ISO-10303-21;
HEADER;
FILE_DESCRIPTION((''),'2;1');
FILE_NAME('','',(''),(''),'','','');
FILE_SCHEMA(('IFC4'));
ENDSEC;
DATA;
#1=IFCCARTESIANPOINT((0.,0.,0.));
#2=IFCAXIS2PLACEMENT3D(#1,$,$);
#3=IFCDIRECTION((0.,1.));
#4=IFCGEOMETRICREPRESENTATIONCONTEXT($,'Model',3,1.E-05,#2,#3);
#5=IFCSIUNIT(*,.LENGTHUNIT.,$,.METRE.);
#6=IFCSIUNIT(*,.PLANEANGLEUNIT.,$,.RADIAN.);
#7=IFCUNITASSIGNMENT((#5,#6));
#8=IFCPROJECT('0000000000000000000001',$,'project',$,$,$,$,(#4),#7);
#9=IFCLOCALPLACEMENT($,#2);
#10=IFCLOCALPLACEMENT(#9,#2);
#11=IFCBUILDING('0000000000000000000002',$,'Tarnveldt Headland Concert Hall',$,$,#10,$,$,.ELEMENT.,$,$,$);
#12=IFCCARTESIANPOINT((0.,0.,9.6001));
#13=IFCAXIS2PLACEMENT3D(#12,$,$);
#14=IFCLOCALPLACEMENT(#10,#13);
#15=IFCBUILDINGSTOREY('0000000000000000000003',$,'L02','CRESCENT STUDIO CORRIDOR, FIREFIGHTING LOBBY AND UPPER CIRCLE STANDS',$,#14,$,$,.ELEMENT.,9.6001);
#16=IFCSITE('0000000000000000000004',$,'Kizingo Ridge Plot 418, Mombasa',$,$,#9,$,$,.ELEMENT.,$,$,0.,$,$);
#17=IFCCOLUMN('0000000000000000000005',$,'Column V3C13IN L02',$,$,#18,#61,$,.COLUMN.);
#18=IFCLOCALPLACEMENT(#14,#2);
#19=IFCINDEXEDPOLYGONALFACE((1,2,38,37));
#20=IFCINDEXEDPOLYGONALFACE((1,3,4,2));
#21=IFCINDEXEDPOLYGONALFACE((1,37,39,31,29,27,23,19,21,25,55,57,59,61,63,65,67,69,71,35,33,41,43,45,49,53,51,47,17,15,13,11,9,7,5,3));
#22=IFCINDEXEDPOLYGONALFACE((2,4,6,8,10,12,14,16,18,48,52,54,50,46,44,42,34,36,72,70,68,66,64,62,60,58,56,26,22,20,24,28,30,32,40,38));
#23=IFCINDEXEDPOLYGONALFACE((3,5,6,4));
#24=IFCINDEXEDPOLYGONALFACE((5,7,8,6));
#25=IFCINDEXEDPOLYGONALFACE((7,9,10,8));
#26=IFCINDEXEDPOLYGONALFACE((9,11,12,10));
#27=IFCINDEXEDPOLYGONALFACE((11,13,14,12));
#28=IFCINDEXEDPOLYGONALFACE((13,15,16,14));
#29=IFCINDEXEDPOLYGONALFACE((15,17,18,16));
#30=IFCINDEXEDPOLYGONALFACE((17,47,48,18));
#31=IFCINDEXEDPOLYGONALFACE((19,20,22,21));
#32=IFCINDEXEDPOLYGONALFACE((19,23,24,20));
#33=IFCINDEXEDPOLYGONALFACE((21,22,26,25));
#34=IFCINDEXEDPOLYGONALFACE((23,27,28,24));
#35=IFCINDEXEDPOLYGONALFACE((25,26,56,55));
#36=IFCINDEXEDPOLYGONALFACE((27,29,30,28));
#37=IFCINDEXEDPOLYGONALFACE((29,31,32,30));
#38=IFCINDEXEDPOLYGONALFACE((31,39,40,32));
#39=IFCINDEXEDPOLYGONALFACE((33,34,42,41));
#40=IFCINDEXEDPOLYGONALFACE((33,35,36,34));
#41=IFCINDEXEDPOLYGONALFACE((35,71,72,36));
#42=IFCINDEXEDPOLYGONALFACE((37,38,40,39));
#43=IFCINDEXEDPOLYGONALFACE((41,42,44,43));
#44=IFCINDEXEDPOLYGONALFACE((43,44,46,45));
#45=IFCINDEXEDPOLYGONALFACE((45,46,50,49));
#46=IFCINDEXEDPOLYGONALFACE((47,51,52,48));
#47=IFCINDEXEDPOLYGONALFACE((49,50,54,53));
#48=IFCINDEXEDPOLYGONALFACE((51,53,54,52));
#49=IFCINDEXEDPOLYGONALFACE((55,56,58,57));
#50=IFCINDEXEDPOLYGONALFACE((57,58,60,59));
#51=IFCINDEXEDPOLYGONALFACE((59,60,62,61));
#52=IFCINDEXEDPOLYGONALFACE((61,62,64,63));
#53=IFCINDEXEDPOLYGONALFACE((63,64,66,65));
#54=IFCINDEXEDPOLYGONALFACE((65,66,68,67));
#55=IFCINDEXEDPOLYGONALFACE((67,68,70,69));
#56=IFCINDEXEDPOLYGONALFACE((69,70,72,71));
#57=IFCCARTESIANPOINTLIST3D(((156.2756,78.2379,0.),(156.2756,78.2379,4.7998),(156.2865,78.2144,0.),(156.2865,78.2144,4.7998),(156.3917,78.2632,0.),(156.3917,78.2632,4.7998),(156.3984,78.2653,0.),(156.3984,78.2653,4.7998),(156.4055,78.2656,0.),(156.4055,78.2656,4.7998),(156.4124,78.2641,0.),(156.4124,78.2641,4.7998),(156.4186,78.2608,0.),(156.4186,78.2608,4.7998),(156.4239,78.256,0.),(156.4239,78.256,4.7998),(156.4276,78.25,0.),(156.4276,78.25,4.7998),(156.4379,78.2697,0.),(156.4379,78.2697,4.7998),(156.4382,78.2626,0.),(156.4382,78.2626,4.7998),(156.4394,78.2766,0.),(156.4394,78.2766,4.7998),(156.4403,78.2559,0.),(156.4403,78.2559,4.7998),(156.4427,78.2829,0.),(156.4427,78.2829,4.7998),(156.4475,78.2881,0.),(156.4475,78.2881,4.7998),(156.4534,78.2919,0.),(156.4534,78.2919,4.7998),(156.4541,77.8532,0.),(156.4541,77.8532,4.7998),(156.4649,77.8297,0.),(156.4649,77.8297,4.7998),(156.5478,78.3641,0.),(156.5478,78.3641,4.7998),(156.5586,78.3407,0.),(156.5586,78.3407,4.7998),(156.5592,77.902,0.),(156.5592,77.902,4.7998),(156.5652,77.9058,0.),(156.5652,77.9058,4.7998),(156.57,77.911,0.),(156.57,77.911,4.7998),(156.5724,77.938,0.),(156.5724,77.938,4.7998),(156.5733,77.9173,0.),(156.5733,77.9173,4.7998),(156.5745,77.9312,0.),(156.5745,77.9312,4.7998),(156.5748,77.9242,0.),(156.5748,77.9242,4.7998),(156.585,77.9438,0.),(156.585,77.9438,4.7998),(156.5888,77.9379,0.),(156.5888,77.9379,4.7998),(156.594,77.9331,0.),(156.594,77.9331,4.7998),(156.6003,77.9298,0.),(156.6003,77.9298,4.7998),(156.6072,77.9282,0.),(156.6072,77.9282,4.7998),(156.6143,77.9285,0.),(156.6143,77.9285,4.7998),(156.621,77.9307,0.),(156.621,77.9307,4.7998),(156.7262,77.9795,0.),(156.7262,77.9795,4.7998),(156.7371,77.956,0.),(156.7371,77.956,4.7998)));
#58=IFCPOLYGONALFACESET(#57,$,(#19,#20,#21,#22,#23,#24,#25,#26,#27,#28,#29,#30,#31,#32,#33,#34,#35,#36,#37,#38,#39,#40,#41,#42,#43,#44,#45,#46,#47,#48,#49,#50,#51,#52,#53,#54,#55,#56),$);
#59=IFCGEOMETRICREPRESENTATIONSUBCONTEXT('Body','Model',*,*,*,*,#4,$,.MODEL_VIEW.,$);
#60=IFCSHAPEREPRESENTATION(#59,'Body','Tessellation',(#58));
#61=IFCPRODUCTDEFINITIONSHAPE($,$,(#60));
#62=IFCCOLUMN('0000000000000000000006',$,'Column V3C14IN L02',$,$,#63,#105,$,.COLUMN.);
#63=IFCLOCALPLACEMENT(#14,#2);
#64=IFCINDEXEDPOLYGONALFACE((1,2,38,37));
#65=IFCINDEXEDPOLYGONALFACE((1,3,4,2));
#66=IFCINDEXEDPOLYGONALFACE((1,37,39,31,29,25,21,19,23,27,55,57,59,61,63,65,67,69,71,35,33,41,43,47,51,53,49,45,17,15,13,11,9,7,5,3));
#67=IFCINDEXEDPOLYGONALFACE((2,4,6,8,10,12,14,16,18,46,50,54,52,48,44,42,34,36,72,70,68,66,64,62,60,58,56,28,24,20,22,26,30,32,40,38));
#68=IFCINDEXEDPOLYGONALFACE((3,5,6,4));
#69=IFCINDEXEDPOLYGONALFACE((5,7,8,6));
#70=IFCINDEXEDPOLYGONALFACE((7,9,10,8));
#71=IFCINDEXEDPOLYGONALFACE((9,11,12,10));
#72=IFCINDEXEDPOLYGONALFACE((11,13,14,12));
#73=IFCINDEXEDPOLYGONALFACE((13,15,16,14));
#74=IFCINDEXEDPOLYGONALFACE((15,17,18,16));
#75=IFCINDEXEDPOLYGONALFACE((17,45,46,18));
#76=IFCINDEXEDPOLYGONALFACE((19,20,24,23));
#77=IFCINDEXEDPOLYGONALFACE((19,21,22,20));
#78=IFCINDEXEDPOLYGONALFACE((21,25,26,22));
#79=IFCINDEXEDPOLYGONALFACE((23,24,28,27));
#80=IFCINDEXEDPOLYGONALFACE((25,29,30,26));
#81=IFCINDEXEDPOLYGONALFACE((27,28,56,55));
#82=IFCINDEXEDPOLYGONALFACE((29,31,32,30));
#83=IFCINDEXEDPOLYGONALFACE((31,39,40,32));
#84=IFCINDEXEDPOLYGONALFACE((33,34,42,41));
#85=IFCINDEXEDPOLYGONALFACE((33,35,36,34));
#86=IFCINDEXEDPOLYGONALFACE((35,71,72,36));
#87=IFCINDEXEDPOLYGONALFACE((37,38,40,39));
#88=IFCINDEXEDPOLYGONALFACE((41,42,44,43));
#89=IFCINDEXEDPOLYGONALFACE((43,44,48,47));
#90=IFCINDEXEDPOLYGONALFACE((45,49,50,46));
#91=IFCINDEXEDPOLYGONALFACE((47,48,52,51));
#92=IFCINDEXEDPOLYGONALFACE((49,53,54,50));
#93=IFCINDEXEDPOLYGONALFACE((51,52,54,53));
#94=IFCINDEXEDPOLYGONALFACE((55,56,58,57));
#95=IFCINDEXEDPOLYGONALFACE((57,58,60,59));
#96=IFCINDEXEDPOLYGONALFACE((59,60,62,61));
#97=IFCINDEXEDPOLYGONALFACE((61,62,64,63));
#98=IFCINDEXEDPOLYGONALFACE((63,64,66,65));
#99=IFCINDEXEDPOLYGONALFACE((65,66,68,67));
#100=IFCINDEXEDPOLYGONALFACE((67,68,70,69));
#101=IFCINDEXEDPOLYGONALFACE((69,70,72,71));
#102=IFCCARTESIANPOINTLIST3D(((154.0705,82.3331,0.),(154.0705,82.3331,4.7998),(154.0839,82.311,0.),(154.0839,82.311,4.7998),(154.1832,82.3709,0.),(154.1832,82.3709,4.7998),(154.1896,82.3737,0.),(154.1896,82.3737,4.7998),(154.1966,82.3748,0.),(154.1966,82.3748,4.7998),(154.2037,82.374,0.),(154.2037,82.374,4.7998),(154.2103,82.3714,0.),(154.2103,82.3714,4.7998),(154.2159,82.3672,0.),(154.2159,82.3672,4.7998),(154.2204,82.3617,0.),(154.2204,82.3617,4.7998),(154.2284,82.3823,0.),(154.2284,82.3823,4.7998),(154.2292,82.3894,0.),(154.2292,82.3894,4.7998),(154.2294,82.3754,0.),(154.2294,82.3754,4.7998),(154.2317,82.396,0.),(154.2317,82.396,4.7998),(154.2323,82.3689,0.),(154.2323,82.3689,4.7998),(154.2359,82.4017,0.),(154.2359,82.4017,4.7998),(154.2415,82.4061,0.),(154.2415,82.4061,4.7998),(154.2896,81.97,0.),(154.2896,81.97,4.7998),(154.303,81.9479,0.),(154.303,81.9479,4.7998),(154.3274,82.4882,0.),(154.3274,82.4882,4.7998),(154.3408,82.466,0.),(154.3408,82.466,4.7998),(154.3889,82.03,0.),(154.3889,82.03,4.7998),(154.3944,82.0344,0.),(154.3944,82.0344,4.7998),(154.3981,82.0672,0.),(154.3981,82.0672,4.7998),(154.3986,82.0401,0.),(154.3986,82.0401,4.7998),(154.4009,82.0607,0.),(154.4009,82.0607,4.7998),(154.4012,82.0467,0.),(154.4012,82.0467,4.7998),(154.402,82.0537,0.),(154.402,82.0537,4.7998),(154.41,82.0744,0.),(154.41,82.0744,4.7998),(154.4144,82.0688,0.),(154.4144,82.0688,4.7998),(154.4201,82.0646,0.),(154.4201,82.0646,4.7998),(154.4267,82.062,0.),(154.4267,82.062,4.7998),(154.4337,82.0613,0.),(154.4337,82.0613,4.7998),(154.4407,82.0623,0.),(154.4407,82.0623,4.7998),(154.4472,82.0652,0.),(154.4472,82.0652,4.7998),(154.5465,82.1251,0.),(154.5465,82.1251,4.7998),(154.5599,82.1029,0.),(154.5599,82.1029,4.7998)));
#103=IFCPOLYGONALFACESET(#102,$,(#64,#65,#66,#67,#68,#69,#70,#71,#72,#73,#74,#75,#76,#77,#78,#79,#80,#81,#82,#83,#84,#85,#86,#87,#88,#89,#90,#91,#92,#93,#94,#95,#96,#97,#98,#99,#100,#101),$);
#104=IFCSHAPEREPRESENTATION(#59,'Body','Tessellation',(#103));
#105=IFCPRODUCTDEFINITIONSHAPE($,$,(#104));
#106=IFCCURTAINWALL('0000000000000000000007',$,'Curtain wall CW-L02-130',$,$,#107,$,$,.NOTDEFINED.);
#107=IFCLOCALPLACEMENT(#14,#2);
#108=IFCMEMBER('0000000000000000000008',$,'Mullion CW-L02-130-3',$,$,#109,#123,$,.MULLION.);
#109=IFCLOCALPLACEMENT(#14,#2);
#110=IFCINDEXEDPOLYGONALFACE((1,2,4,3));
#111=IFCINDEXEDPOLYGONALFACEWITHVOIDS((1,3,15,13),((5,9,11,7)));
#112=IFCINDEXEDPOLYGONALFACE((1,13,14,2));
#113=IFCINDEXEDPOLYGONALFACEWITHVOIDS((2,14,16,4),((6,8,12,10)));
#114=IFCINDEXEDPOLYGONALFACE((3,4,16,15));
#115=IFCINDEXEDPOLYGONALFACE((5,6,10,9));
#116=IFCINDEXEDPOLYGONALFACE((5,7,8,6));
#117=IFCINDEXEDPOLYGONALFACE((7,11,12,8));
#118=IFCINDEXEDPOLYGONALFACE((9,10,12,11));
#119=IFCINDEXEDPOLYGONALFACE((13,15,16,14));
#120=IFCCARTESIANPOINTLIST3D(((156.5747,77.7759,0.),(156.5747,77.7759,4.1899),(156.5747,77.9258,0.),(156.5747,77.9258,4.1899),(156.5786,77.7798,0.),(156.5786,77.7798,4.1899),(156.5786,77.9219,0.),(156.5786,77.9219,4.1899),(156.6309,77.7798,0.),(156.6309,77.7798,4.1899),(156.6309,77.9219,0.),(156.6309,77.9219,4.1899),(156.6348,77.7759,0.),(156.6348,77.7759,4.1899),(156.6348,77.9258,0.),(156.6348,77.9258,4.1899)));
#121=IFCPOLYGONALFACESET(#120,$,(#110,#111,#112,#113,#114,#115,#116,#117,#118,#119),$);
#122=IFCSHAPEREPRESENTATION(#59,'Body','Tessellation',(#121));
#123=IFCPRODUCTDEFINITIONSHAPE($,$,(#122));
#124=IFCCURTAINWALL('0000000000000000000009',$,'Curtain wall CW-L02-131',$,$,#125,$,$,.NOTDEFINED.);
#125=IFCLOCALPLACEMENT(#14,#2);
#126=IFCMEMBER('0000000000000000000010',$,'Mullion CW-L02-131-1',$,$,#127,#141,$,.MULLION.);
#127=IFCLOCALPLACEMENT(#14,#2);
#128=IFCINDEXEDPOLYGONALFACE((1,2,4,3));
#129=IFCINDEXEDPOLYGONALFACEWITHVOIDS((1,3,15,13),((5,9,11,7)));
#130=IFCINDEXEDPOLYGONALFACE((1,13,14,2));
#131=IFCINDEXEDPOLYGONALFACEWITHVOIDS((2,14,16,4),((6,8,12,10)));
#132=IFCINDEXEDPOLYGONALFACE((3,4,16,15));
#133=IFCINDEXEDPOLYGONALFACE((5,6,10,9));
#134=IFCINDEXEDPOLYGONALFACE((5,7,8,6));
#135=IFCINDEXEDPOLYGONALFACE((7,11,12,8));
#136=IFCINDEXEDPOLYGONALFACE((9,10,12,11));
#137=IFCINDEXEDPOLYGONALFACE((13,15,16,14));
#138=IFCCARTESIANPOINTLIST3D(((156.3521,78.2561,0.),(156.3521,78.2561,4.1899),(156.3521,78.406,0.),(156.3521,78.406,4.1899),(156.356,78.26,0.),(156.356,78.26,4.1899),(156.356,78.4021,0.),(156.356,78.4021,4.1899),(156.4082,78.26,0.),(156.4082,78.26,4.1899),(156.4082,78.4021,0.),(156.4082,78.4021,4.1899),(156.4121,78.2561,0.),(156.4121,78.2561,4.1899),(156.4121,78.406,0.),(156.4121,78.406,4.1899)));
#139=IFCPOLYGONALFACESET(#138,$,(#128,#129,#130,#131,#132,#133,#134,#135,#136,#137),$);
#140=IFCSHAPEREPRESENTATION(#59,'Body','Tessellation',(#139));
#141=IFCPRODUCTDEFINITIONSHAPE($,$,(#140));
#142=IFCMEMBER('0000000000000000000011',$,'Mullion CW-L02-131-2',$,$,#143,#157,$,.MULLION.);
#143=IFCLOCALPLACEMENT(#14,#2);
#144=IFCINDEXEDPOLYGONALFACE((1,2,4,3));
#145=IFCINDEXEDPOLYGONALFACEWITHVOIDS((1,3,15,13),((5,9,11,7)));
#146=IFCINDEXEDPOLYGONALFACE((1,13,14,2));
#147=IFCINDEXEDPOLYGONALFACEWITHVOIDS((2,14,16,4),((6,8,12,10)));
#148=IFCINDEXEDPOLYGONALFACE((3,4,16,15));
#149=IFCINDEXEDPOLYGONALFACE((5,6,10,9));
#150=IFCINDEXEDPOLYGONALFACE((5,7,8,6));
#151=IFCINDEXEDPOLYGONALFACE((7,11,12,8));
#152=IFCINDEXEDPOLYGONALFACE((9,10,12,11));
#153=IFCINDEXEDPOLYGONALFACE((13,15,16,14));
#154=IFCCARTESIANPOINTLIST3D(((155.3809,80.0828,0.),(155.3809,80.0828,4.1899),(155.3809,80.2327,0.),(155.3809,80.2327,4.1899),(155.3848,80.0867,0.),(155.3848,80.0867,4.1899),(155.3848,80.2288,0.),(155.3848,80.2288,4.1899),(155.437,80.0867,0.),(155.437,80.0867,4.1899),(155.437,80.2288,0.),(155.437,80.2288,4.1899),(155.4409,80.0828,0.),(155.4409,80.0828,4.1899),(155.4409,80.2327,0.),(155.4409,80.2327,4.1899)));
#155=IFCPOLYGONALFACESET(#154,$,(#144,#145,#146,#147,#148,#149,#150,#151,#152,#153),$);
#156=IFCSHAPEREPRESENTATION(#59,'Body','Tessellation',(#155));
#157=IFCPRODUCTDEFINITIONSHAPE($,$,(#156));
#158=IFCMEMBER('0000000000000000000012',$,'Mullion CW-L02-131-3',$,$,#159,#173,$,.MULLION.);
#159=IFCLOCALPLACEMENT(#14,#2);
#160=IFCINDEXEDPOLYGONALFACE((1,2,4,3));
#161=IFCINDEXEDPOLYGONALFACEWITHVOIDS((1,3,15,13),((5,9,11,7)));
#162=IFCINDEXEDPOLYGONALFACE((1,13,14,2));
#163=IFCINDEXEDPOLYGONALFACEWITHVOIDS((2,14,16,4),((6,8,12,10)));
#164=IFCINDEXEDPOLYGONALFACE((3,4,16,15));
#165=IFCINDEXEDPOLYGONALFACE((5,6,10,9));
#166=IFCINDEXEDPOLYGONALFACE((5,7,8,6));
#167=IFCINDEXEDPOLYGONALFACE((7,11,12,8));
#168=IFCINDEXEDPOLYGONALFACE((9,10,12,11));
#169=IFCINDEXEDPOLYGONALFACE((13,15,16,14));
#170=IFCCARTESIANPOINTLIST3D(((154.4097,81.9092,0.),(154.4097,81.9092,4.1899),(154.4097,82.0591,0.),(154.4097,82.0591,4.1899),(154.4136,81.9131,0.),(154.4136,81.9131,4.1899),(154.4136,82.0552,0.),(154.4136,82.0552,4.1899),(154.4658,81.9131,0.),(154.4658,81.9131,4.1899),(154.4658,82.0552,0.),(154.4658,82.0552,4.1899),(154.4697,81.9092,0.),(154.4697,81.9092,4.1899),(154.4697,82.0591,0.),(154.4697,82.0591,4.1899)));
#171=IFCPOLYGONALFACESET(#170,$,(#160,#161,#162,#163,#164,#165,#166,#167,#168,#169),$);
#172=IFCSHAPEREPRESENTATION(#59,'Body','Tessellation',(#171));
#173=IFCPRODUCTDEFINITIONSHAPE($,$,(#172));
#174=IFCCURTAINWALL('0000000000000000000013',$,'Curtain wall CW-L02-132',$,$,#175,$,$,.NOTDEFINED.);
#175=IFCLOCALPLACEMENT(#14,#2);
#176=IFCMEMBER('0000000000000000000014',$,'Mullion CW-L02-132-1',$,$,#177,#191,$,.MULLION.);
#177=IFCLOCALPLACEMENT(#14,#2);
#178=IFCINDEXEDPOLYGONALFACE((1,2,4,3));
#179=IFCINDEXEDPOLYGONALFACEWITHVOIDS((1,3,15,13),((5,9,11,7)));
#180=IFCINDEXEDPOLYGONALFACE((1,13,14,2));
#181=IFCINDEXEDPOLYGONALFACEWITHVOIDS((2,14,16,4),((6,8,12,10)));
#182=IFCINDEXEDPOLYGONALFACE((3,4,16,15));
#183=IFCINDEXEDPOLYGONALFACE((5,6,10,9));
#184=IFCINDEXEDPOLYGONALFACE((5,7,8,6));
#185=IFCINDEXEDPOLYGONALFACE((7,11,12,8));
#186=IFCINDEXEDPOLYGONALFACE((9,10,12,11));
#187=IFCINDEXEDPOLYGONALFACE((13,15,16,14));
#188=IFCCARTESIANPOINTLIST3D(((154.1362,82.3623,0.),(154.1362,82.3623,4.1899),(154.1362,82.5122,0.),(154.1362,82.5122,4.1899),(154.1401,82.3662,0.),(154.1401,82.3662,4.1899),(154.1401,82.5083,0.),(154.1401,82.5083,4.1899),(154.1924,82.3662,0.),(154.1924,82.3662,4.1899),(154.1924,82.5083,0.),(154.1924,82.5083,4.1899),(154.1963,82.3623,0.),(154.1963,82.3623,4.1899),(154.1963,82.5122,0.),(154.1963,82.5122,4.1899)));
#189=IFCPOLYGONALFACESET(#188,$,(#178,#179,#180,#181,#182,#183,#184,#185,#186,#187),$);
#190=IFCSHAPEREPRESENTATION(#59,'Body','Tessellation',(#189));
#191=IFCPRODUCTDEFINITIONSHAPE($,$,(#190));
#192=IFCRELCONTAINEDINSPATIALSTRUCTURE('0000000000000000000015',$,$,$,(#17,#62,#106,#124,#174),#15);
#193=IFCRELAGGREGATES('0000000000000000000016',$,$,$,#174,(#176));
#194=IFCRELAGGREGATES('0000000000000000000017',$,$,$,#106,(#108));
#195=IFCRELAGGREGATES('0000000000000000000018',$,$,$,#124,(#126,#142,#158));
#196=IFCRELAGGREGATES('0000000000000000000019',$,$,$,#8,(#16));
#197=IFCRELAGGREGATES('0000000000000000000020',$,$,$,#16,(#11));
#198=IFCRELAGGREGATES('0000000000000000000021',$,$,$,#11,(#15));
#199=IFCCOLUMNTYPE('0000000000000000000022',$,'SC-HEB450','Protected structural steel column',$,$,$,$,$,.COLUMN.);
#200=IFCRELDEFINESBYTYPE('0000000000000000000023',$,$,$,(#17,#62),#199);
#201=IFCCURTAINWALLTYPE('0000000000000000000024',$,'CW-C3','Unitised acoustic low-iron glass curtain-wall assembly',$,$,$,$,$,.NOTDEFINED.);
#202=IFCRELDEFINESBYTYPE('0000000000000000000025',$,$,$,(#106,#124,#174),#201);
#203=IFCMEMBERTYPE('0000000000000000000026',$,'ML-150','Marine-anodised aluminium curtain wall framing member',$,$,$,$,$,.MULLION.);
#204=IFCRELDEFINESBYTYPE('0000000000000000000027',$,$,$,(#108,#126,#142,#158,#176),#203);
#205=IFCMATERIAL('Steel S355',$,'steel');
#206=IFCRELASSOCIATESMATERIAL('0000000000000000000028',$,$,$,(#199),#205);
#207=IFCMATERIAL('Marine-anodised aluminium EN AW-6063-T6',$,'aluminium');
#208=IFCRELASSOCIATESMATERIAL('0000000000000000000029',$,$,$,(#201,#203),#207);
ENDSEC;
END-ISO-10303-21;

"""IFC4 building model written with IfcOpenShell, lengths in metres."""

from ifc_helpers import new_model, si_unit, direction, frame, origin, origin_2d, place, context, subcontext, project, spatial, hollow_rectangle, i_section, extrude, material, material_profile, profile_set, type_object, element, aggregate, save


model = new_model("IFC4")

# Units and contexts
model_context = context("Model", 3, precision=1e-05, world=origin(), true_north=direction((0.0, 1.0)))
body_context = subcontext(model_context, "Body", "Model", "MODEL_VIEW")
ifc_project = project(units=[si_unit("LENGTHUNIT", "METRE"), si_unit("PLANEANGLEUNIT", "RADIAN")], contexts=[model_context])

# Site, building, storey
site_placement = place(None, origin())
site = spatial("IfcSite", under=ifc_project, at=site_placement, Name="Kizingo Ridge Plot 418, Mombasa", CompositionType="ELEMENT", RefElevation=0.0)
building_placement = place(site_placement, origin())
building = spatial("IfcBuilding", under=site, at=building_placement, Name="Tarnveldt Headland Concert Hall", CompositionType="ELEMENT")
storey_placement = place(building_placement, frame((0.0, 0.0, 9.6001)))
storey = spatial("IfcBuildingStorey", under=building, at=storey_placement, Name="L02", Description="CRESCENT STUDIO CORRIDOR, FIREFIGHTING LOBBY AND UPPER CIRCLE STANDS", CompositionType="ELEMENT", Elevation=9.6001)

# Columns
ifc_material_1 = material(Name="Steel S355", Category="steel")
ifc_material_profile_1 = material_profile(ifc_material_1, i_section(OverallWidth=0.3, OverallDepth=0.45, WebThickness=0.0139, FlangeThickness=0.0259, FilletRadius=0.0271, at=origin_2d()), Name="HEB450", Category="steel")
ifc_profile_set_1 = profile_set([ifc_material_profile_1], Name="Steel S355")
column_type = type_object("IfcColumnType", Name="SC-HEB450", Description="Protected structural steel column", PredefinedType="COLUMN", material=ifc_profile_set_1)
for number, where, z_axis, x_axis, name in (
    (1, (156.5063, 78.0969, 0.0), (0.0, 0.0, 1.0), (0.907117, 0.420877, 0.0), "Column V3C13IN L02"),
    (2, (154.3152, 82.218, 0.0), (0.0, 0.0, 1.0), (0.856177, 0.516683, 0.0), "Column V3C14IN L02"),
):
    element("IfcColumn", number, at=place(storey_placement, frame(where, z_axis=z_axis, x_axis=x_axis)), inside=storey, type_object=column_type, Name=name, PredefinedType="COLUMN", context=body_context, shape_type="SweptSolid", body=[
        extrude(i_section(OverallWidth=0.3, OverallDepth=0.45, WebThickness=0.0139, FlangeThickness=0.0259, FilletRadius=0.0271, at=origin_2d()), origin(), (0.0, 0.0, 1.0), 4.7998),
    ])

# Curtain wall, member
ifc_material_2 = material(Name="Marine-anodised aluminium EN AW-6063-T6", Category="aluminium")
curtain_wall_type = type_object("IfcCurtainWallType", Name="CW-C3", Description="Unitised acoustic low-iron glass curtain-wall assembly", PredefinedType="NOTDEFINED", material=ifc_material_2)
curtain_wall_1_placement = place(storey_placement, origin())
curtain_wall_1 = element("IfcCurtainWall", 3, at=curtain_wall_1_placement, inside=storey, type_object=curtain_wall_type, Name="Curtain wall CW-L02-130", PredefinedType="NOTDEFINED")
ifc_material_profile_2 = material_profile(ifc_material_2, hollow_rectangle(XDim=0.0601, YDim=0.1499, WallThickness=0.0039, at=origin_2d()), Name="ALU MULLION 60x150x4", Category="aluminium")
ifc_profile_set_2 = profile_set([ifc_material_profile_2], Name="Marine-anodised aluminium EN AW-6063-T6")
member_type_1 = type_object("IfcMemberType", Name="ML-150", Description="Marine-anodised aluminium curtain wall framing member", PredefinedType="MULLION", material=ifc_profile_set_2)
member_1_placement = place(storey_placement, frame((156.6047, 77.8508, 0.0), z_axis=(0.0, 0.0, 1.0), x_axis=(1.0, 0.0, 0.0)))
member_1 = element("IfcMember", 4, at=member_1_placement, type_object=member_type_1, Name="Mullion CW-L02-130-3", PredefinedType="MULLION", context=body_context, shape_type="SweptSolid", body=[
    extrude(hollow_rectangle(XDim=0.0601, YDim=0.1499, WallThickness=0.0039, at=origin_2d()), origin(), (0.0, 0.0, 1.0), 4.1899),
])

# Curtain wall, members
curtain_wall_2_placement = place(storey_placement, origin())
curtain_wall_2 = element("IfcCurtainWall", 5, at=curtain_wall_2_placement, inside=storey, type_object=curtain_wall_type, Name="Curtain wall CW-L02-131", PredefinedType="NOTDEFINED")
member_2_placement = place(storey_placement, frame((156.3821, 78.3311, 0.0), z_axis=(0.0, 0.0, 1.0), x_axis=(1.0, 0.0, 0.0)))
member_2 = element("IfcMember", 6, at=member_2_placement, type_object=member_type_1, Name="Mullion CW-L02-131-1", PredefinedType="MULLION", context=body_context, shape_type="SweptSolid", body=[
    extrude(hollow_rectangle(XDim=0.0601, YDim=0.1499, WallThickness=0.0039, at=origin_2d()), origin(), (0.0, 0.0, 1.0), 4.1899),
])
member_3_placement = place(storey_placement, frame((155.4109, 80.1577, 0.0), z_axis=(0.0, 0.0, 1.0), x_axis=(1.0, 0.0, 0.0)))
member_3 = element("IfcMember", 7, at=member_3_placement, type_object=member_type_1, Name="Mullion CW-L02-131-2", PredefinedType="MULLION", context=body_context, shape_type="SweptSolid", body=[
    extrude(hollow_rectangle(XDim=0.0601, YDim=0.1499, WallThickness=0.0039, at=origin_2d()), origin(), (0.0, 0.0, 1.0), 4.1899),
])
member_4_placement = place(storey_placement, frame((154.4397, 81.9841, 0.0), z_axis=(0.0, 0.0, 1.0), x_axis=(1.0, 0.0, 0.0)))
member_4 = element("IfcMember", 8, at=member_4_placement, type_object=member_type_1, Name="Mullion CW-L02-131-3", PredefinedType="MULLION", context=body_context, shape_type="SweptSolid", body=[
    extrude(hollow_rectangle(XDim=0.0601, YDim=0.1499, WallThickness=0.0039, at=origin_2d()), origin(), (0.0, 0.0, 1.0), 4.1899),
])

# Curtain wall, member
curtain_wall_3_placement = place(storey_placement, origin())
curtain_wall_3 = element("IfcCurtainWall", 9, at=curtain_wall_3_placement, inside=storey, type_object=curtain_wall_type, Name="Curtain wall CW-L02-132", PredefinedType="NOTDEFINED")
member_5_placement = place(storey_placement, frame((154.1663, 82.4373, 0.0), z_axis=(0.0, 0.0, 1.0), x_axis=(1.0, 0.0, 0.0)))
member_5 = element("IfcMember", 10, at=member_5_placement, type_object=member_type_1, Name="Mullion CW-L02-132-1", PredefinedType="MULLION", context=body_context, shape_type="SweptSolid", body=[
    extrude(hollow_rectangle(XDim=0.0601, YDim=0.1499, WallThickness=0.0039, at=origin_2d()), origin(), (0.0, 0.0, 1.0), 4.1899),
])

aggregate(curtain_wall_3, [member_5])

aggregate(curtain_wall_1, [member_1])
aggregate(curtain_wall_2, [member_2, member_3, member_4])

save(model, "model.ifc")
